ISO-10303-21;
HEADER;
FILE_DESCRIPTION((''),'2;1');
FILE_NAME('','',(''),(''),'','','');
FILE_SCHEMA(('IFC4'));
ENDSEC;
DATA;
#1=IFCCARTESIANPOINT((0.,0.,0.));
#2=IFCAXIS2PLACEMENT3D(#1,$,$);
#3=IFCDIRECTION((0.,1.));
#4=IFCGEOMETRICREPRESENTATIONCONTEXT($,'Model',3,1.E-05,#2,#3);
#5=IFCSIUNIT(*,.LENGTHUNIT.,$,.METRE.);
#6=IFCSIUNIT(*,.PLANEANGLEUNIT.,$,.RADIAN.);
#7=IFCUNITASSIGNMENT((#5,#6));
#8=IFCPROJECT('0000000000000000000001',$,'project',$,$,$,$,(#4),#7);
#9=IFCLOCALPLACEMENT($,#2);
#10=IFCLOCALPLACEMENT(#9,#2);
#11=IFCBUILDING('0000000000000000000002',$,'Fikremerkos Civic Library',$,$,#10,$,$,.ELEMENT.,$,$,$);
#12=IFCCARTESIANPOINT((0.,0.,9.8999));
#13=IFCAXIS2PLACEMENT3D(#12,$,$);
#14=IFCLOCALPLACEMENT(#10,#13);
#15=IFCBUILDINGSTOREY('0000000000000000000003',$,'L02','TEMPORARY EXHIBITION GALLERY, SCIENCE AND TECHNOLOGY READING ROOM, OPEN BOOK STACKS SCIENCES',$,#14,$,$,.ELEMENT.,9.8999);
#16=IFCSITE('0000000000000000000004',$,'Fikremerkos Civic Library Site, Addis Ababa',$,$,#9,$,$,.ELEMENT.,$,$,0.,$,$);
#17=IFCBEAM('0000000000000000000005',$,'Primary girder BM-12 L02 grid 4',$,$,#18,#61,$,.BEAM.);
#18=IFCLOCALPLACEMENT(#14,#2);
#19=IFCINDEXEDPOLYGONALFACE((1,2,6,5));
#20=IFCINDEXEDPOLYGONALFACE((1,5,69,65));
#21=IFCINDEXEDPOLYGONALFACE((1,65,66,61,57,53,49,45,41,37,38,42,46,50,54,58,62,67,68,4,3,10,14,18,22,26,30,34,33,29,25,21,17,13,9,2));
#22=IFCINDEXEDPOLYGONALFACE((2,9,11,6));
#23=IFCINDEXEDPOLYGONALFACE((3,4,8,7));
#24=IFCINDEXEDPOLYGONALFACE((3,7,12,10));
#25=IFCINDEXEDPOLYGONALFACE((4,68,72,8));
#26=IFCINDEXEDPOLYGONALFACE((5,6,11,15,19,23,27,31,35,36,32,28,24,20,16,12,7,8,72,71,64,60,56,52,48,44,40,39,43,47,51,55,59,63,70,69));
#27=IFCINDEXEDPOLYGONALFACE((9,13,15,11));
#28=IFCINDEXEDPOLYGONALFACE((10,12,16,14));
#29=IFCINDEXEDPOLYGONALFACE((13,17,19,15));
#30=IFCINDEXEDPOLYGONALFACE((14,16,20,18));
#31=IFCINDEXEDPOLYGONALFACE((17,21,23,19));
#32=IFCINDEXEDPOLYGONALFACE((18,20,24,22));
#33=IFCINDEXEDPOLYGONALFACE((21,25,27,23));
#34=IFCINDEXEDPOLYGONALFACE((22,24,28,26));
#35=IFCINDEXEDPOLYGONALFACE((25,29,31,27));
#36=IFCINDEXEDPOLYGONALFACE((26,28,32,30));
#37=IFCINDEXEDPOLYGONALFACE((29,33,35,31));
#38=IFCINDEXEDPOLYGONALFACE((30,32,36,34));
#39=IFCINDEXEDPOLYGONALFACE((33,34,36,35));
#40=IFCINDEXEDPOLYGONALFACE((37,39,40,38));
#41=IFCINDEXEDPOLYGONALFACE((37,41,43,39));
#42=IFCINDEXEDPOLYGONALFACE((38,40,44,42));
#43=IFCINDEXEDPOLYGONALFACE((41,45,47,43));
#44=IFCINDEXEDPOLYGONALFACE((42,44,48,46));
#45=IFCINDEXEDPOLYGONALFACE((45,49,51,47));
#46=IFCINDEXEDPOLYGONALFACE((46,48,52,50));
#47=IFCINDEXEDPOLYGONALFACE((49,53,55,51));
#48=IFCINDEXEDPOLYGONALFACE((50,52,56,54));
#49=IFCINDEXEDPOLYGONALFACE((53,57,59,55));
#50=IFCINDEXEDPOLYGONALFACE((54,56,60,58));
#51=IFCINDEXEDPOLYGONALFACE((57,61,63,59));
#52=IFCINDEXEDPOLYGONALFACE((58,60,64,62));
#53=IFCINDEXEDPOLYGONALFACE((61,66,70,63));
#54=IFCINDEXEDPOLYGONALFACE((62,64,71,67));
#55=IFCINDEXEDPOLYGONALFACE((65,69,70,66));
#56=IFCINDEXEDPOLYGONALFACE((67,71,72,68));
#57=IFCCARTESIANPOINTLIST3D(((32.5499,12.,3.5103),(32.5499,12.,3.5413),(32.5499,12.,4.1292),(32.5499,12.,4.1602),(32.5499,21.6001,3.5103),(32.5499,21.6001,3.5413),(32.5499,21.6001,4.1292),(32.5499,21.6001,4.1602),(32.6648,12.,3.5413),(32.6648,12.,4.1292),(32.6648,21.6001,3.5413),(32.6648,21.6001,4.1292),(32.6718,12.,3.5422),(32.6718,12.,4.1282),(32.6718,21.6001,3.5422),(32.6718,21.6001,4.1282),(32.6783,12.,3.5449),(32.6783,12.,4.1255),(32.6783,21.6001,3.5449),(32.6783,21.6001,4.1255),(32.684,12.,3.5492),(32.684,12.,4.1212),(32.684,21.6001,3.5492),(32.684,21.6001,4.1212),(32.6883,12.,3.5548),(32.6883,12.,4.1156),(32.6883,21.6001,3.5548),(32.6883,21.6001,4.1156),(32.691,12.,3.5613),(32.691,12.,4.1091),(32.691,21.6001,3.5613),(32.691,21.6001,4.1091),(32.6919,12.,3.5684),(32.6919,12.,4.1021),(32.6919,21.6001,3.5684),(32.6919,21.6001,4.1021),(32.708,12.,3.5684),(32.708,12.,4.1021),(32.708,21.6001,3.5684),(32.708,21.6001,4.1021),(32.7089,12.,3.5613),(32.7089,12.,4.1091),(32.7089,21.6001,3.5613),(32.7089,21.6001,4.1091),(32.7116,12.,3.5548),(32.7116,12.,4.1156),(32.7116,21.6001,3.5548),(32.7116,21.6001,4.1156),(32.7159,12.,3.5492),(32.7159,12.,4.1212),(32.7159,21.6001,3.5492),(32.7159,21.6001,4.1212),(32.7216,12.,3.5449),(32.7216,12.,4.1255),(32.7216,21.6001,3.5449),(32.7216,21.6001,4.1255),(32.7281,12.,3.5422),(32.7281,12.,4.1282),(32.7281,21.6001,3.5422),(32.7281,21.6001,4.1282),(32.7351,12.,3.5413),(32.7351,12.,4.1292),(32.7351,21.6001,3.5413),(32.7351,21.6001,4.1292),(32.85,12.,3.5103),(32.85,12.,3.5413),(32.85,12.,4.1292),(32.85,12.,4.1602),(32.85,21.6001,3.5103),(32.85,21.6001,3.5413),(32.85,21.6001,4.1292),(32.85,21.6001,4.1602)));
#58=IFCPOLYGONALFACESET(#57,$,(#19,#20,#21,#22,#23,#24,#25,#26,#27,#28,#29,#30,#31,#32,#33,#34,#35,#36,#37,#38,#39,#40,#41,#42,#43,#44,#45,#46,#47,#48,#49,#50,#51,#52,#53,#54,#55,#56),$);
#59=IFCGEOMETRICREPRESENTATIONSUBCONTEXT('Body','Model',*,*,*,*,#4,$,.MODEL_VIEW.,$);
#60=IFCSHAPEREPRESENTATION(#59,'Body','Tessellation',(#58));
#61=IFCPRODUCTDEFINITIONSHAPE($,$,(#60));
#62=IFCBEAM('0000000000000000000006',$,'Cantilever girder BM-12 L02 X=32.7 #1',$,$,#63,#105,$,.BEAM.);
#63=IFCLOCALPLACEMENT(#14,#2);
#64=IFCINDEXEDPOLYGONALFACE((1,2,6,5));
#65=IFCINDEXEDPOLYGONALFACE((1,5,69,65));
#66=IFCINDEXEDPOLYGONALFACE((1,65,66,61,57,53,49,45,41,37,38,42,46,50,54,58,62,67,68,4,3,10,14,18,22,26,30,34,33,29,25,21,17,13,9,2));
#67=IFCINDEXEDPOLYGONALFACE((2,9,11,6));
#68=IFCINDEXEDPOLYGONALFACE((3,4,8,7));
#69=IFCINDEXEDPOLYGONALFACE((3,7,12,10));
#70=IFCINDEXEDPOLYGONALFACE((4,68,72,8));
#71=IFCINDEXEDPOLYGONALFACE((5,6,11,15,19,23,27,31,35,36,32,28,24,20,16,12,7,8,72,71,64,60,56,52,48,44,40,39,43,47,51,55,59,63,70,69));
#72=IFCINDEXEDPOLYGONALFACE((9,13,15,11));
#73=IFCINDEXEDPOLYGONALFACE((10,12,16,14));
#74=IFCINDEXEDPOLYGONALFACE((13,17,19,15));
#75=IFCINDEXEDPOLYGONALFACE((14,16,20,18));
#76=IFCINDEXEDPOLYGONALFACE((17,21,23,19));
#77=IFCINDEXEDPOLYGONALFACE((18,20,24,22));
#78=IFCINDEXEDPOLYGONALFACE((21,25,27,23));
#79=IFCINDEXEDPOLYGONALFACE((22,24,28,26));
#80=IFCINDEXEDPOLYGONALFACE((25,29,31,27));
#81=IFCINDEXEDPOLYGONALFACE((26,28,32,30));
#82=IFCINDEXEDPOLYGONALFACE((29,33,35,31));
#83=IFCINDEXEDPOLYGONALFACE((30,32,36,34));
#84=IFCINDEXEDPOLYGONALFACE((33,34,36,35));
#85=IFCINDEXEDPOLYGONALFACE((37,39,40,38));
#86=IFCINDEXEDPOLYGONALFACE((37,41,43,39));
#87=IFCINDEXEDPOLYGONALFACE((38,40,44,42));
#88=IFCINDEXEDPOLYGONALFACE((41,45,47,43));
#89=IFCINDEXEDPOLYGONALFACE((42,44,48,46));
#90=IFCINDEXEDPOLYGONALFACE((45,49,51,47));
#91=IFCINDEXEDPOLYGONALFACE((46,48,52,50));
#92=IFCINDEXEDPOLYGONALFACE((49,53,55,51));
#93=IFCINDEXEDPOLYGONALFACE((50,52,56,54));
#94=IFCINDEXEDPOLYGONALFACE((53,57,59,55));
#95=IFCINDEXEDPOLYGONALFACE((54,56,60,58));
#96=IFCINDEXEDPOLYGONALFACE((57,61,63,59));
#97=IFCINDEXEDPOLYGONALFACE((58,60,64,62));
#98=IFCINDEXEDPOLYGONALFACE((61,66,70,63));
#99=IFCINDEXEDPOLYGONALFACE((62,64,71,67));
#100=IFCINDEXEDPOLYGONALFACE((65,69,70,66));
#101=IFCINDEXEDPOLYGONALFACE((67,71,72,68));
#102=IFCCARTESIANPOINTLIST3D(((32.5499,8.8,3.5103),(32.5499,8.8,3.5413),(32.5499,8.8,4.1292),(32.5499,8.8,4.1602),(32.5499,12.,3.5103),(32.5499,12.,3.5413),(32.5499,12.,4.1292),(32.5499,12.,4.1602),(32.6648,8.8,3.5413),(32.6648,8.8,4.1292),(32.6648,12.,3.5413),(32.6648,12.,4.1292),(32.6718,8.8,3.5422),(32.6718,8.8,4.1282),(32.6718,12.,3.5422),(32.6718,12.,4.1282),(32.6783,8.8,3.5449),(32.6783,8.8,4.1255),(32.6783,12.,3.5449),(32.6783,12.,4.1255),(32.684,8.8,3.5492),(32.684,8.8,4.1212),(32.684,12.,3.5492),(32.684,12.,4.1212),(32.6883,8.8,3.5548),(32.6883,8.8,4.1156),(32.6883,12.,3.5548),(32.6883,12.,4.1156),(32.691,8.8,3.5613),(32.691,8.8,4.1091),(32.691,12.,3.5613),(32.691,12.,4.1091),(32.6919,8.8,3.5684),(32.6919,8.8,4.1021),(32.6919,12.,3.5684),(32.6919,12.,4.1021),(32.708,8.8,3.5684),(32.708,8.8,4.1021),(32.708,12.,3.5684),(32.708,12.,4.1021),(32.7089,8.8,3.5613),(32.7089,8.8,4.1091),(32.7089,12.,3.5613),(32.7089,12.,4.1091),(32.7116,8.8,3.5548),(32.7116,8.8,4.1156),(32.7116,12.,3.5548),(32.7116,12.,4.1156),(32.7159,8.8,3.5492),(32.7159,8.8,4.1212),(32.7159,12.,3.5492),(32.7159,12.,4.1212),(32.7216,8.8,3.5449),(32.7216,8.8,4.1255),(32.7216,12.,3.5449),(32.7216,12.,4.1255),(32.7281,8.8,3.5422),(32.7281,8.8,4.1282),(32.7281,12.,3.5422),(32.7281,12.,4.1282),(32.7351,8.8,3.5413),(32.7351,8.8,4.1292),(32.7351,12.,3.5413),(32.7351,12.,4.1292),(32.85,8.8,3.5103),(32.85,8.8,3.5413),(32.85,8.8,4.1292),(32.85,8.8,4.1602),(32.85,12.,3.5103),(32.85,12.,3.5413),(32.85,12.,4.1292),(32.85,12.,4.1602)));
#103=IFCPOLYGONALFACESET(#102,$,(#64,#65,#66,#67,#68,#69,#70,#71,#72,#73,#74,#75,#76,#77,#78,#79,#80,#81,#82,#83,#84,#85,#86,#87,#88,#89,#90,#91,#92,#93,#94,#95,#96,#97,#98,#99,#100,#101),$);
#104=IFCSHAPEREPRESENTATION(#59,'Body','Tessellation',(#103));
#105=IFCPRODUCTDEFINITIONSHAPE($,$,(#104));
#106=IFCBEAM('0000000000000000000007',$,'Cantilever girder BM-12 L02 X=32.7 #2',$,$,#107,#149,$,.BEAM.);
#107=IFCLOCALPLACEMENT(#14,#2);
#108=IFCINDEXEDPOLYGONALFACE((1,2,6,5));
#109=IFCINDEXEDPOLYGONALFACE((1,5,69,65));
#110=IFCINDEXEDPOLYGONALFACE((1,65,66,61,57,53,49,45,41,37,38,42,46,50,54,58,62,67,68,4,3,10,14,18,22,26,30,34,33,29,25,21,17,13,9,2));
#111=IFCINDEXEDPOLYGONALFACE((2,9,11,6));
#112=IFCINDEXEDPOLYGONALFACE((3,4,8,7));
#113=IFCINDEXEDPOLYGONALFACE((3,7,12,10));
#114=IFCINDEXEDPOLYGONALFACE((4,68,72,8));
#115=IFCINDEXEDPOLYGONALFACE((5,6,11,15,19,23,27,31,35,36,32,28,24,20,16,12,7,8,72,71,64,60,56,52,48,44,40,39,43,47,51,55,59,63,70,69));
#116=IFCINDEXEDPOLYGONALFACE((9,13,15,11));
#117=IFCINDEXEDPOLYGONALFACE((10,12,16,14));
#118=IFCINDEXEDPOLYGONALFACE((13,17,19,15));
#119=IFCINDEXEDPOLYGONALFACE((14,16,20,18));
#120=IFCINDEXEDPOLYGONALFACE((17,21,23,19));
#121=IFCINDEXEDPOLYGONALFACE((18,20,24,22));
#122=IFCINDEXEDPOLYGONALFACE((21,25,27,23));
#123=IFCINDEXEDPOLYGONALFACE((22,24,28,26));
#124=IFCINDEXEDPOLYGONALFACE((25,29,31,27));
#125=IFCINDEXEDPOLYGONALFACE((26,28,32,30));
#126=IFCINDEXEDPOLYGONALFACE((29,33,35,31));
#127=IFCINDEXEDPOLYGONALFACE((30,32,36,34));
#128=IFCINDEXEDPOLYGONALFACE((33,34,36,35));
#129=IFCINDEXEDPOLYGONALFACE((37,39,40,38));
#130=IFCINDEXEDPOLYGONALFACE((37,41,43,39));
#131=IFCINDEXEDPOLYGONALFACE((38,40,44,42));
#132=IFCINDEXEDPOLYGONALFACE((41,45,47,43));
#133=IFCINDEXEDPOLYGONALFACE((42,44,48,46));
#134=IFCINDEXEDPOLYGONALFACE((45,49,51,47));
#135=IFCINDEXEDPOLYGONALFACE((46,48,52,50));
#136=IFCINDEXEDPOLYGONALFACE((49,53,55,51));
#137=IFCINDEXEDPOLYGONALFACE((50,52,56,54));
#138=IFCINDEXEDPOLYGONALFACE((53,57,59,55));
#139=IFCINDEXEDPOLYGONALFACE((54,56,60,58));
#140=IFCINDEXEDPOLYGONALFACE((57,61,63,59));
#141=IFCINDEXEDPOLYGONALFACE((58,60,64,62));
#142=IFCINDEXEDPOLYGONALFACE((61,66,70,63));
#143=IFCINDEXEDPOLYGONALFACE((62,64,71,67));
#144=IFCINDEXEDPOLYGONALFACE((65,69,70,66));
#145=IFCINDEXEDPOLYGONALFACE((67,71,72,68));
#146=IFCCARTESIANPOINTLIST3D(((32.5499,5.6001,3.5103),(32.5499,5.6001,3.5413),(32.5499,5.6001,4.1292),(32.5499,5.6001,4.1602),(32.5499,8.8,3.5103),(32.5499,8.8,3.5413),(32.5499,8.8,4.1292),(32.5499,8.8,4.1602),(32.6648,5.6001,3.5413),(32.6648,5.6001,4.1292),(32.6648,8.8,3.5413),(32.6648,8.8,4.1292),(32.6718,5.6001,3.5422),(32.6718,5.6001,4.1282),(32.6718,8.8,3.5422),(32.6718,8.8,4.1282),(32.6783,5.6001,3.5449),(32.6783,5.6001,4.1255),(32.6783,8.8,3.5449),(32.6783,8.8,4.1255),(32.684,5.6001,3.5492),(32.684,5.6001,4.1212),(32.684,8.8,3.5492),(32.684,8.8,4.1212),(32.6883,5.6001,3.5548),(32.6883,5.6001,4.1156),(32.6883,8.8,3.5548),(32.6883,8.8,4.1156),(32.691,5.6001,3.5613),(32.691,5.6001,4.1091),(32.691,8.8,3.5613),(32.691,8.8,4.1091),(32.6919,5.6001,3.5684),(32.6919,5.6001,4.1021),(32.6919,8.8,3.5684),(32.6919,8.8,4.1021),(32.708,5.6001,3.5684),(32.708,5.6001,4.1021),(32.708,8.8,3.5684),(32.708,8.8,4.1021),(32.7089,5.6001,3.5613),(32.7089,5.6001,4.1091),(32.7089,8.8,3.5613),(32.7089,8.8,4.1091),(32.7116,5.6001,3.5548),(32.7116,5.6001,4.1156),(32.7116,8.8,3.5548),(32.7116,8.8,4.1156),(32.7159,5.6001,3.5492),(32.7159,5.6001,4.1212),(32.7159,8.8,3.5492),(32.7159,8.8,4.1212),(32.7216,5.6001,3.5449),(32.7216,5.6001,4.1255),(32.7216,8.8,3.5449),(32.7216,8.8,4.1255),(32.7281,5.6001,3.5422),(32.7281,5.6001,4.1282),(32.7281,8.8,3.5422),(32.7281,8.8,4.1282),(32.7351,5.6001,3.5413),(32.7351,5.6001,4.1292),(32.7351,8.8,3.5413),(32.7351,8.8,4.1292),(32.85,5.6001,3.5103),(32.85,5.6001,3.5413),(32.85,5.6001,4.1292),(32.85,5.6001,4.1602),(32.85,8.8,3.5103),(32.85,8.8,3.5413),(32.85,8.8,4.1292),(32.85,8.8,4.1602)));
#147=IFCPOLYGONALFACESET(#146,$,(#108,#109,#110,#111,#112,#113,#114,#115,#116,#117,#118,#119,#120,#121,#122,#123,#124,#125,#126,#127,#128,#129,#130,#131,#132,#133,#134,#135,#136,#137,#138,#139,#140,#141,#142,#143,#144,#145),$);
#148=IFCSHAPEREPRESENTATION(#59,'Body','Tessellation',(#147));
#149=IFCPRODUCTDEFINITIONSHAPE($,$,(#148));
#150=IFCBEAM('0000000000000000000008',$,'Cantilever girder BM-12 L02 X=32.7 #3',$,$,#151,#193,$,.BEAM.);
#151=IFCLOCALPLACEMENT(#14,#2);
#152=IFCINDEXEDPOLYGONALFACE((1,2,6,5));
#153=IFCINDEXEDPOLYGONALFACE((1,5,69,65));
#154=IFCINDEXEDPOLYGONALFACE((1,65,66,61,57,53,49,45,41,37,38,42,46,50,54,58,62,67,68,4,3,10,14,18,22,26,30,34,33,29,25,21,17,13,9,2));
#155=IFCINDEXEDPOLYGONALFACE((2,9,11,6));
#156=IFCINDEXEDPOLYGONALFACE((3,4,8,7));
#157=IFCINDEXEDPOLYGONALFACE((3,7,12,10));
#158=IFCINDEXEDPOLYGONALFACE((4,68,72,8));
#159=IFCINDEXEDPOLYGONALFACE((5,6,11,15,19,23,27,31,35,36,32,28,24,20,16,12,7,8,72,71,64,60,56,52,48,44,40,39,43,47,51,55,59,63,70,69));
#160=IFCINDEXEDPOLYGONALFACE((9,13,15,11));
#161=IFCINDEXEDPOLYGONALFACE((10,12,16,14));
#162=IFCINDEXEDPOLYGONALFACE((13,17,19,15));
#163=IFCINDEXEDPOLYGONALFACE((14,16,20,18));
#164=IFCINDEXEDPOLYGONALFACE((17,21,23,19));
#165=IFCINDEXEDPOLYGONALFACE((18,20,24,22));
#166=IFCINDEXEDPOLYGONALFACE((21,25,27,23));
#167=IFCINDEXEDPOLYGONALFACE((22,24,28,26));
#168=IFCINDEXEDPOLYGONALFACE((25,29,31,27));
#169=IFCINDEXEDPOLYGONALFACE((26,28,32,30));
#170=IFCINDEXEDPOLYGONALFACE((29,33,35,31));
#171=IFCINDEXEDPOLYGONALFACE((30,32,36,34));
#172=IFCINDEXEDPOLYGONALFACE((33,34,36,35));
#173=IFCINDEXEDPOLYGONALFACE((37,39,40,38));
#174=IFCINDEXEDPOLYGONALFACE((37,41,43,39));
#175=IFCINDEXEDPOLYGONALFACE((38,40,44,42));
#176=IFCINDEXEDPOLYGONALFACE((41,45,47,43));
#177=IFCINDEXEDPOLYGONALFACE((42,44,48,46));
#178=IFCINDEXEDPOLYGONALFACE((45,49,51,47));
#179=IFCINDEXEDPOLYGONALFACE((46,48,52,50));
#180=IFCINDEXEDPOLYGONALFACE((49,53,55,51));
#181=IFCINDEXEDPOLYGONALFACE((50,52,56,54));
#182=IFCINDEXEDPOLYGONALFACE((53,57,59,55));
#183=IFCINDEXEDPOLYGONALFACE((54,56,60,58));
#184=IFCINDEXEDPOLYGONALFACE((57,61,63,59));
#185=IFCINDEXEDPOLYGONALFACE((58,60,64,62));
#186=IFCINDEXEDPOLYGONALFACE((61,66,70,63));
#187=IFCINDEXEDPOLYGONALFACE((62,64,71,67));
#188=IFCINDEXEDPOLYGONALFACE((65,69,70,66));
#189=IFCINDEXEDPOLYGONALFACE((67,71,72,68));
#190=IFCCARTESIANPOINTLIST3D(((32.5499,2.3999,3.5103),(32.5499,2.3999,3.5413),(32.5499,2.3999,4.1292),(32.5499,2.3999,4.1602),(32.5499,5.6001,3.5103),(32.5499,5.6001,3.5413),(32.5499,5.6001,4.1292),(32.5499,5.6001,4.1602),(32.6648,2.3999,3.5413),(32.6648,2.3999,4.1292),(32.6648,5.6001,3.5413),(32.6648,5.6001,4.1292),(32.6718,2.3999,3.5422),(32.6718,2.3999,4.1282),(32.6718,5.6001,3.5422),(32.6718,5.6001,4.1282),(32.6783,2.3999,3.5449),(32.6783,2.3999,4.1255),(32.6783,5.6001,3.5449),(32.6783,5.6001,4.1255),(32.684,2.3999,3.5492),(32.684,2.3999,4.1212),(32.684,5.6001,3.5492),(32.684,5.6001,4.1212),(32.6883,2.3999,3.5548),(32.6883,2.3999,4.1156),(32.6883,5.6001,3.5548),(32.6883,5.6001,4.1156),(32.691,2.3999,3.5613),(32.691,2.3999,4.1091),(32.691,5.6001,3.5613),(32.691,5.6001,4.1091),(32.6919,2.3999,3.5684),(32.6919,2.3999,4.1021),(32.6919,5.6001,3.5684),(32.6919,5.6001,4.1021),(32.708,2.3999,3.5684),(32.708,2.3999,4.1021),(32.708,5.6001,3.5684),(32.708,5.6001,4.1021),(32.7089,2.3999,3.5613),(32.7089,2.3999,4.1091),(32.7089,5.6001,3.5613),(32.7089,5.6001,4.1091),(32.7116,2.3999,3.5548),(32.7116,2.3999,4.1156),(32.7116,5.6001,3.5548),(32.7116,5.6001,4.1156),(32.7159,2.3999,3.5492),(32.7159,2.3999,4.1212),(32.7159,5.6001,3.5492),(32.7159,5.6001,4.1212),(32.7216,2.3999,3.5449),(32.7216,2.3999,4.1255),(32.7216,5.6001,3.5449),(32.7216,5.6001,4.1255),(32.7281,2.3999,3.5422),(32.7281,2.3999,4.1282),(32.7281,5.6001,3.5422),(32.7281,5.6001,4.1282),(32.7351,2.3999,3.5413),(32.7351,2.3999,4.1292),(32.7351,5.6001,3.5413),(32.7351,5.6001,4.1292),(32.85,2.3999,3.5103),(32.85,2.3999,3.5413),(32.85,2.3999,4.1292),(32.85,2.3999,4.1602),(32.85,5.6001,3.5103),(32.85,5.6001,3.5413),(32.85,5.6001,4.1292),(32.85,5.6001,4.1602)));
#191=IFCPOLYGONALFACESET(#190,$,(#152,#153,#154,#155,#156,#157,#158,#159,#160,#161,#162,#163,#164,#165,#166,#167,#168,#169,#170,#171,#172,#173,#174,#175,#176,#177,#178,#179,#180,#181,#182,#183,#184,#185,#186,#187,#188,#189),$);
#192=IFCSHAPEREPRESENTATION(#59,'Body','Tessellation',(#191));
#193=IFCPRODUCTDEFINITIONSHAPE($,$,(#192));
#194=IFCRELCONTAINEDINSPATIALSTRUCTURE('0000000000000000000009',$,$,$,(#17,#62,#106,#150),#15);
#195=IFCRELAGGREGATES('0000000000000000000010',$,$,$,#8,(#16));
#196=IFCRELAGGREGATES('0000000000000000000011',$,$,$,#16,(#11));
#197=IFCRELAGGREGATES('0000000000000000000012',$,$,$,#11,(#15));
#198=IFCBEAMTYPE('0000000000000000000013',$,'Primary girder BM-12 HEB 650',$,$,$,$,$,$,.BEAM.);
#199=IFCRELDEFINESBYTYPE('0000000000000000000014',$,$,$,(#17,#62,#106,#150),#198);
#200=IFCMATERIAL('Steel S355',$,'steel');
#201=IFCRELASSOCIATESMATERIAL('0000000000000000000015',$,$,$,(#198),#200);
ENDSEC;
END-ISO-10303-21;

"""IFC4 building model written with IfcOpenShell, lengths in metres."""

from ifc_helpers import new_model, si_unit, direction, frame, origin, origin_2d, place, context, subcontext, project, spatial, i_section, extrude, material, material_profile, profile_set, type_object, element, save


model = new_model("IFC4")

# Units and contexts
model_context = context("Model", 3, precision=1e-05, world=origin(), true_north=direction((0.0, 1.0)))
body_context = subcontext(model_context, "Body", "Model", "MODEL_VIEW")
ifc_project = project(units=[si_unit("LENGTHUNIT", "METRE"), si_unit("PLANEANGLEUNIT", "RADIAN")], contexts=[model_context])

# Site, building, storey
site_placement = place(None, origin())
site = spatial("IfcSite", under=ifc_project, at=site_placement, Name="Fikremerkos Civic Library Site, Addis Ababa", CompositionType="ELEMENT", RefElevation=0.0)
building_placement = place(site_placement, origin())
building = spatial("IfcBuilding", under=site, at=building_placement, Name="Fikremerkos Civic Library", CompositionType="ELEMENT")
storey_placement = place(building_placement, frame((0.0, 0.0, 9.8999)))
storey = spatial("IfcBuildingStorey", under=building, at=storey_placement, Name="L02", Description="TEMPORARY EXHIBITION GALLERY, SCIENCE AND TECHNOLOGY READING ROOM, OPEN BOOK STACKS SCIENCES", CompositionType="ELEMENT", Elevation=9.8999)

# Shared definitions
ifc_material_1 = material(Name="Steel S355", Category="steel")

# Beams
ifc_material_profile_1 = material_profile(ifc_material_1, i_section(OverallWidth=0.3, OverallDepth=0.6499, WebThickness=0.0161, FlangeThickness=0.031, FilletRadius=0.0271, at=origin_2d()), Name="HEB 650")
ifc_profile_set_1 = profile_set([ifc_material_profile_1], Name="Steel S355")
beam_type_1 = type_object("IfcBeamType", Name="Primary girder BM-12 HEB 650", PredefinedType="BEAM", material=ifc_profile_set_1)
beam_1_placement = place(storey_placement, frame((32.7, 12.0, 3.8352), z_axis=(0.0, 1.0, 0.0), x_axis=(-1.0, 0.0, 0.0)))
element("IfcBeam", 1, at=beam_1_placement, inside=storey, type_object=beam_type_1, Name="Primary girder BM-12 L02 grid 4", PredefinedType="BEAM", context=body_context, shape_type="SweptSolid", body=[
    extrude(i_section(OverallWidth=0.3, OverallDepth=0.6499, WebThickness=0.0161, FlangeThickness=0.031, FilletRadius=0.0271, at=origin_2d()), origin(), (0.0, 0.0, 1.0), 9.6001),
])
for number, where, z_axis, x_axis, name in (
    (2, (32.7, 12.0, 3.8352), (0.0, -1.0, 0.0), (1.0, 0.0, 0.0), "Cantilever girder BM-12 L02 X=32.7 #1"),
    (3, (32.7, 8.8, 3.8352), (0.0, -1.0, 0.0), (1.0, 0.0, 0.0), "Cantilever girder BM-12 L02 X=32.7 #2"),
):
    element("IfcBeam", number, at=place(storey_placement, frame(where, z_axis=z_axis, x_axis=x_axis)), inside=storey, type_object=beam_type_1, Name=name, PredefinedType="BEAM", context=body_context, shape_type="SweptSolid", body=[
        extrude(i_section(OverallWidth=0.3, OverallDepth=0.6499, WebThickness=0.0161, FlangeThickness=0.031, FilletRadius=0.0271, at=origin_2d()), origin(), (0.0, 0.0, 1.0), 3.2),
    ])
beam_2_placement = place(storey_placement, frame((32.7, 5.6001, 3.8352), z_axis=(0.0, -1.0, 0.0), x_axis=(1.0, 0.0, 0.0)))
element("IfcBeam", 4, at=beam_2_placement, inside=storey, type_object=beam_type_1, Name="Cantilever girder BM-12 L02 X=32.7 #3", PredefinedType="BEAM", context=body_context, shape_type="SweptSolid", body=[
    extrude(i_section(OverallWidth=0.3, OverallDepth=0.6499, WebThickness=0.0161, FlangeThickness=0.031, FilletRadius=0.0271, at=origin_2d()), origin(), (0.0, 0.0, 1.0), 3.2002),
])

save(model, "model.ifc")
